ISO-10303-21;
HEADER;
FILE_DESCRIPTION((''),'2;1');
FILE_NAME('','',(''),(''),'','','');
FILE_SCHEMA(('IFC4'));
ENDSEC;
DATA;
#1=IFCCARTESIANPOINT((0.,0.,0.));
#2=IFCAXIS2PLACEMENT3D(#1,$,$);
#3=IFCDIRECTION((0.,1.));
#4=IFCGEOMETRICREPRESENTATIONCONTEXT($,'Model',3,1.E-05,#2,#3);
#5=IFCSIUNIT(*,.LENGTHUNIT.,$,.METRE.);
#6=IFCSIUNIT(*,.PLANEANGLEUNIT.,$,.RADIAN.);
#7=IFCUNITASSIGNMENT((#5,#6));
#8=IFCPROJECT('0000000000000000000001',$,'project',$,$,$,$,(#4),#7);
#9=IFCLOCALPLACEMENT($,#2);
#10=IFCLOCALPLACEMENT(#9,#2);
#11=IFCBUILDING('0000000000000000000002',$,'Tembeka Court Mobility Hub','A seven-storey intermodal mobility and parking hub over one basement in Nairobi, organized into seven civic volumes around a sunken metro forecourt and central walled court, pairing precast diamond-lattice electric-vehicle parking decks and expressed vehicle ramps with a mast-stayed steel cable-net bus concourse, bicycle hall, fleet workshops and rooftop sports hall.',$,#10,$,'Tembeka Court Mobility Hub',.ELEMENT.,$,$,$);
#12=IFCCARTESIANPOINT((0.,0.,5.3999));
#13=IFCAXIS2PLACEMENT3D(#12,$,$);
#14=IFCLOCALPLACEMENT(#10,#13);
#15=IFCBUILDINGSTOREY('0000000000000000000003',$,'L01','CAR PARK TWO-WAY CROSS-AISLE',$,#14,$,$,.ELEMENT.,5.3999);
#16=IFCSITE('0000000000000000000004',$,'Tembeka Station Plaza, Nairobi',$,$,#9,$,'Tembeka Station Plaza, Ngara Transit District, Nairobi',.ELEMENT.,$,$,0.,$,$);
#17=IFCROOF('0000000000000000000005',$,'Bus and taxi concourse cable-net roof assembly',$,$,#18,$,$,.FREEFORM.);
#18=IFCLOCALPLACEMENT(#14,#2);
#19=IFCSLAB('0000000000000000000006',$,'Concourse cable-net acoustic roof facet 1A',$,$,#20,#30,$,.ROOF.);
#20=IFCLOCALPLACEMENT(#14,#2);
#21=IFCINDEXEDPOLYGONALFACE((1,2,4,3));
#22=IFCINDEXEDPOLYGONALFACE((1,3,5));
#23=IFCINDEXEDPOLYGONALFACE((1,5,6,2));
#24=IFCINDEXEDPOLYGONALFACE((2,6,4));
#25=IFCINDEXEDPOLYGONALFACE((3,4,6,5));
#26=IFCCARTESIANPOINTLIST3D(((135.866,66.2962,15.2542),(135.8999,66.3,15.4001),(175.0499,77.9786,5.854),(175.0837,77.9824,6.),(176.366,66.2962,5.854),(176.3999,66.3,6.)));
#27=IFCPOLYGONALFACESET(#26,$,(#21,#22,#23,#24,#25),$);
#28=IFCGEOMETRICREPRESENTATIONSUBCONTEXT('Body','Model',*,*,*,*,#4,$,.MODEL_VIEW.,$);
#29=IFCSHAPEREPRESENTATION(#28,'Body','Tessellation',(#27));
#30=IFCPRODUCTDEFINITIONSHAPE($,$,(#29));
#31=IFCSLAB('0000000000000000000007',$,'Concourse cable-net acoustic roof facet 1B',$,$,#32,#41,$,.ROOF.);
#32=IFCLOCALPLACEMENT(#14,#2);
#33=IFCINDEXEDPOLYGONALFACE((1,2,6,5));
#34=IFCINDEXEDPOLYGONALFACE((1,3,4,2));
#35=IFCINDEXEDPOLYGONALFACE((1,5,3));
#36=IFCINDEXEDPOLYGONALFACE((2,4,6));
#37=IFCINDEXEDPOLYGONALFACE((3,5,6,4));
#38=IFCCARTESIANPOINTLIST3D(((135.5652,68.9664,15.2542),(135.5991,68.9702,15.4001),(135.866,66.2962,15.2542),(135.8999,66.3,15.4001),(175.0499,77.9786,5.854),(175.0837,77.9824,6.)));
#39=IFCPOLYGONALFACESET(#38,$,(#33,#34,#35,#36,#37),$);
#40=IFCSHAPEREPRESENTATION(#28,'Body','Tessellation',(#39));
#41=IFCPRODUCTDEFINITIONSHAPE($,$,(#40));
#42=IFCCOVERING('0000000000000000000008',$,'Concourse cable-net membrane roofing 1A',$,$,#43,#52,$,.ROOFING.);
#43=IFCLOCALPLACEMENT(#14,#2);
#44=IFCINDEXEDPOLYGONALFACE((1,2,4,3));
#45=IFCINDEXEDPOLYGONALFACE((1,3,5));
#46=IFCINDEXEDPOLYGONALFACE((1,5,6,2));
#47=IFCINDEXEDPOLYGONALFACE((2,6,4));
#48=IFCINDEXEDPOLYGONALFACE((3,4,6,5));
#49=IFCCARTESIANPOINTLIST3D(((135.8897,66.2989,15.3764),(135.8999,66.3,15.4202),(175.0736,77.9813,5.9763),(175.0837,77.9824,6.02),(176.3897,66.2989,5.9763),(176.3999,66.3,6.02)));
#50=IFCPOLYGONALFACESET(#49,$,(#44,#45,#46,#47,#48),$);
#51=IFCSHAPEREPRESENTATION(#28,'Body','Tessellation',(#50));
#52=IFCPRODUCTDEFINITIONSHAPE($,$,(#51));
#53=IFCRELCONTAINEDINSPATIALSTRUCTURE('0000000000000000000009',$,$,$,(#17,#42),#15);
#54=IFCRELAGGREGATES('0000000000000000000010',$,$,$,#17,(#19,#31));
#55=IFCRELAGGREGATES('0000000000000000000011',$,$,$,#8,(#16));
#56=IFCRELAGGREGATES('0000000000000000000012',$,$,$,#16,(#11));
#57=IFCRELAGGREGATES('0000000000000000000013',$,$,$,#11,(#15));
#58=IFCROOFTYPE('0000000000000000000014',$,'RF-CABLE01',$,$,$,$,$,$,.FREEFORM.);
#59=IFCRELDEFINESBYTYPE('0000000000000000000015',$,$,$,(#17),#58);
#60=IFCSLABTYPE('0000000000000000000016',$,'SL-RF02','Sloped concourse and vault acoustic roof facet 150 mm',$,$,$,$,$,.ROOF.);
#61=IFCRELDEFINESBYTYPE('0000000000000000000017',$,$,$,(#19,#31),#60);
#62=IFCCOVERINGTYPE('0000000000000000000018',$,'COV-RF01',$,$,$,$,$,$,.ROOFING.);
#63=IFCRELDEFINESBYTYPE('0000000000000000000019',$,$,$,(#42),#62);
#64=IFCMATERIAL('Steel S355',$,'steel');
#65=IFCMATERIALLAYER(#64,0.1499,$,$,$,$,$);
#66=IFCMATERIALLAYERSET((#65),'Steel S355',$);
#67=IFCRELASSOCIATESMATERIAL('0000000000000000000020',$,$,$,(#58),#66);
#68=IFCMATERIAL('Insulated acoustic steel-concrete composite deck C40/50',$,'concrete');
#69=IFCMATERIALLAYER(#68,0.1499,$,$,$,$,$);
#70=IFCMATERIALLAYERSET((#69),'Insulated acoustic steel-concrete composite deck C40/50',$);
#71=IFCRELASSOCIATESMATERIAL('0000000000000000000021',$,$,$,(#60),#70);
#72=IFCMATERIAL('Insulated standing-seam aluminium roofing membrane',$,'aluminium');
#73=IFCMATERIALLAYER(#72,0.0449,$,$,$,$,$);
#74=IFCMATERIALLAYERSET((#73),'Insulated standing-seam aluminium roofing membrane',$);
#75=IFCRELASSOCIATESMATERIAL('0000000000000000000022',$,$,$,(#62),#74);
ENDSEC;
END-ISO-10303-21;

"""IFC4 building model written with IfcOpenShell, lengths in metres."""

from ifc_helpers import new_model, si_unit, direction, frame, origin, place, context, subcontext, project, spatial, polyline, outline, extrude, material, layer, layer_set, type_object, element, aggregate, save


model = new_model("IFC4")

# Units and contexts
model_context = context("Model", 3, precision=1e-05, world=origin(), true_north=direction((0.0, 1.0)))
body_context = subcontext(model_context, "Body", "Model", "MODEL_VIEW")
ifc_project = project(units=[si_unit("LENGTHUNIT", "METRE"), si_unit("PLANEANGLEUNIT", "RADIAN")], contexts=[model_context])

# Site, building, storey
site_placement = place(None, origin())
site = spatial("IfcSite", under=ifc_project, at=site_placement, Name="Tembeka Station Plaza, Nairobi", LongName="Tembeka Station Plaza, Ngara Transit District, Nairobi", CompositionType="ELEMENT", RefElevation=0.0)
building_placement = place(site_placement, origin())
building = spatial("IfcBuilding", under=site, at=building_placement, Name="Tembeka Court Mobility Hub", Description="A seven-storey intermodal mobility and parking hub over one basement in Nairobi, organized into seven civic volumes around a sunken metro forecourt and central walled court, pairing precast diamond-lattice electric-vehicle parking decks and expressed vehicle ramps with a mast-stayed steel cable-net bus concourse, bicycle hall, fleet workshops and rooftop sports hall.", LongName="Tembeka Court Mobility Hub", CompositionType="ELEMENT")
storey_placement = place(building_placement, frame((0.0, 0.0, 5.3999)))
storey = spatial("IfcBuildingStorey", under=building, at=storey_placement, Name="L01", Description="CAR PARK TWO-WAY CROSS-AISLE", CompositionType="ELEMENT", Elevation=5.3999)

# Shared definitions
ifc_material_1 = material(Name="Steel S355", Category="steel")

# Roof, slabs
ifc_layer_1 = layer(ifc_material_1, 0.1499)
ifc_layer_set_1 = layer_set([ifc_layer_1], Name="Steel S355")
roof_type = type_object("IfcRoofType", Name="RF-CABLE01", PredefinedType="FREEFORM", material=ifc_layer_set_1)
roof_placement = place(storey_placement, origin())
roof = element("IfcRoof", 1, at=roof_placement, inside=storey, type_object=roof_type, Name="Bus and taxi concourse cable-net roof assembly", PredefinedType="FREEFORM")
ifc_material_2 = material(Name="Insulated acoustic steel-concrete composite deck C40/50", Category="concrete")
ifc_layer_2 = layer(ifc_material_2, 0.1499)
ifc_layer_set_2 = layer_set([ifc_layer_2], Name="Insulated acoustic steel-concrete composite deck C40/50")
slab_type = type_object("IfcSlabType", Name="SL-RF02", Description="Sloped concourse and vault acoustic roof facet 150 mm", PredefinedType="ROOF", material=ifc_layer_set_2)
slab_1_placement = place(storey_placement, frame((135.8999, 66.3, 15.4001), z_axis=(0.226019, 0.025464, 0.97379), x_axis=(0.974106, 0.0, -0.226092)))
slab_1 = element("IfcSlab", 2, at=slab_1_placement, type_object=slab_type, Name="Concourse cable-net acoustic roof facet 1A", PredefinedType="ROOF", context=body_context, shape_type="SweptSolid", body=[
    extrude(outline(polyline([(0.0, 0.0), (41.5766, 0.0), (40.2945, 11.6862), (0.0, 0.0)])), origin(), (0.0, 0.0, -1.0), 0.1499),
])
slab_2_placement = place(storey_placement, frame((135.8999, 66.3, 15.4001), z_axis=(0.22602, 0.02546, 0.97379), x_axis=(0.933951, 0.278451, -0.224054)))
slab_2 = element("IfcSlab", 3, at=slab_2_placement, type_object=slab_type, Name="Concourse cable-net acoustic roof facet 1B", PredefinedType="ROOF", context=body_context, shape_type="SweptSolid", body=[
    extrude(outline(polyline([(0.0, 0.0), (41.9549, 0.0), (0.4626, 2.6469), (0.0, 0.0)])), origin(), (0.0, 0.0, -1.0), 0.1499),
])
aggregate(roof, [slab_1, slab_2])

# Covering
ifc_material_3 = material(Name="Insulated standing-seam aluminium roofing membrane", Category="aluminium")
ifc_layer_3 = layer(ifc_material_3, 0.0449)
ifc_layer_set_3 = layer_set([ifc_layer_3], Name="Insulated standing-seam aluminium roofing membrane")
covering_type = type_object("IfcCoveringType", Name="COV-RF01", PredefinedType="ROOFING", material=ifc_layer_set_3)
covering_placement = place(storey_placement, frame((135.8999, 66.3, 15.4202), z_axis=(0.226019, 0.025464, 0.97379), x_axis=(0.974106, 0.0, -0.226092)))
element("IfcCovering", 4, at=covering_placement, inside=storey, type_object=covering_type, Name="Concourse cable-net membrane roofing 1A", PredefinedType="ROOFING", context=body_context, shape_type="SweptSolid", body=[
    extrude(outline(polyline([(0.0, 0.0), (41.5766, 0.0), (40.2945, 11.6862), (0.0, 0.0)])), origin(), (0.0, 0.0, -1.0), 0.0449),
])

save(model, "model.ifc")
